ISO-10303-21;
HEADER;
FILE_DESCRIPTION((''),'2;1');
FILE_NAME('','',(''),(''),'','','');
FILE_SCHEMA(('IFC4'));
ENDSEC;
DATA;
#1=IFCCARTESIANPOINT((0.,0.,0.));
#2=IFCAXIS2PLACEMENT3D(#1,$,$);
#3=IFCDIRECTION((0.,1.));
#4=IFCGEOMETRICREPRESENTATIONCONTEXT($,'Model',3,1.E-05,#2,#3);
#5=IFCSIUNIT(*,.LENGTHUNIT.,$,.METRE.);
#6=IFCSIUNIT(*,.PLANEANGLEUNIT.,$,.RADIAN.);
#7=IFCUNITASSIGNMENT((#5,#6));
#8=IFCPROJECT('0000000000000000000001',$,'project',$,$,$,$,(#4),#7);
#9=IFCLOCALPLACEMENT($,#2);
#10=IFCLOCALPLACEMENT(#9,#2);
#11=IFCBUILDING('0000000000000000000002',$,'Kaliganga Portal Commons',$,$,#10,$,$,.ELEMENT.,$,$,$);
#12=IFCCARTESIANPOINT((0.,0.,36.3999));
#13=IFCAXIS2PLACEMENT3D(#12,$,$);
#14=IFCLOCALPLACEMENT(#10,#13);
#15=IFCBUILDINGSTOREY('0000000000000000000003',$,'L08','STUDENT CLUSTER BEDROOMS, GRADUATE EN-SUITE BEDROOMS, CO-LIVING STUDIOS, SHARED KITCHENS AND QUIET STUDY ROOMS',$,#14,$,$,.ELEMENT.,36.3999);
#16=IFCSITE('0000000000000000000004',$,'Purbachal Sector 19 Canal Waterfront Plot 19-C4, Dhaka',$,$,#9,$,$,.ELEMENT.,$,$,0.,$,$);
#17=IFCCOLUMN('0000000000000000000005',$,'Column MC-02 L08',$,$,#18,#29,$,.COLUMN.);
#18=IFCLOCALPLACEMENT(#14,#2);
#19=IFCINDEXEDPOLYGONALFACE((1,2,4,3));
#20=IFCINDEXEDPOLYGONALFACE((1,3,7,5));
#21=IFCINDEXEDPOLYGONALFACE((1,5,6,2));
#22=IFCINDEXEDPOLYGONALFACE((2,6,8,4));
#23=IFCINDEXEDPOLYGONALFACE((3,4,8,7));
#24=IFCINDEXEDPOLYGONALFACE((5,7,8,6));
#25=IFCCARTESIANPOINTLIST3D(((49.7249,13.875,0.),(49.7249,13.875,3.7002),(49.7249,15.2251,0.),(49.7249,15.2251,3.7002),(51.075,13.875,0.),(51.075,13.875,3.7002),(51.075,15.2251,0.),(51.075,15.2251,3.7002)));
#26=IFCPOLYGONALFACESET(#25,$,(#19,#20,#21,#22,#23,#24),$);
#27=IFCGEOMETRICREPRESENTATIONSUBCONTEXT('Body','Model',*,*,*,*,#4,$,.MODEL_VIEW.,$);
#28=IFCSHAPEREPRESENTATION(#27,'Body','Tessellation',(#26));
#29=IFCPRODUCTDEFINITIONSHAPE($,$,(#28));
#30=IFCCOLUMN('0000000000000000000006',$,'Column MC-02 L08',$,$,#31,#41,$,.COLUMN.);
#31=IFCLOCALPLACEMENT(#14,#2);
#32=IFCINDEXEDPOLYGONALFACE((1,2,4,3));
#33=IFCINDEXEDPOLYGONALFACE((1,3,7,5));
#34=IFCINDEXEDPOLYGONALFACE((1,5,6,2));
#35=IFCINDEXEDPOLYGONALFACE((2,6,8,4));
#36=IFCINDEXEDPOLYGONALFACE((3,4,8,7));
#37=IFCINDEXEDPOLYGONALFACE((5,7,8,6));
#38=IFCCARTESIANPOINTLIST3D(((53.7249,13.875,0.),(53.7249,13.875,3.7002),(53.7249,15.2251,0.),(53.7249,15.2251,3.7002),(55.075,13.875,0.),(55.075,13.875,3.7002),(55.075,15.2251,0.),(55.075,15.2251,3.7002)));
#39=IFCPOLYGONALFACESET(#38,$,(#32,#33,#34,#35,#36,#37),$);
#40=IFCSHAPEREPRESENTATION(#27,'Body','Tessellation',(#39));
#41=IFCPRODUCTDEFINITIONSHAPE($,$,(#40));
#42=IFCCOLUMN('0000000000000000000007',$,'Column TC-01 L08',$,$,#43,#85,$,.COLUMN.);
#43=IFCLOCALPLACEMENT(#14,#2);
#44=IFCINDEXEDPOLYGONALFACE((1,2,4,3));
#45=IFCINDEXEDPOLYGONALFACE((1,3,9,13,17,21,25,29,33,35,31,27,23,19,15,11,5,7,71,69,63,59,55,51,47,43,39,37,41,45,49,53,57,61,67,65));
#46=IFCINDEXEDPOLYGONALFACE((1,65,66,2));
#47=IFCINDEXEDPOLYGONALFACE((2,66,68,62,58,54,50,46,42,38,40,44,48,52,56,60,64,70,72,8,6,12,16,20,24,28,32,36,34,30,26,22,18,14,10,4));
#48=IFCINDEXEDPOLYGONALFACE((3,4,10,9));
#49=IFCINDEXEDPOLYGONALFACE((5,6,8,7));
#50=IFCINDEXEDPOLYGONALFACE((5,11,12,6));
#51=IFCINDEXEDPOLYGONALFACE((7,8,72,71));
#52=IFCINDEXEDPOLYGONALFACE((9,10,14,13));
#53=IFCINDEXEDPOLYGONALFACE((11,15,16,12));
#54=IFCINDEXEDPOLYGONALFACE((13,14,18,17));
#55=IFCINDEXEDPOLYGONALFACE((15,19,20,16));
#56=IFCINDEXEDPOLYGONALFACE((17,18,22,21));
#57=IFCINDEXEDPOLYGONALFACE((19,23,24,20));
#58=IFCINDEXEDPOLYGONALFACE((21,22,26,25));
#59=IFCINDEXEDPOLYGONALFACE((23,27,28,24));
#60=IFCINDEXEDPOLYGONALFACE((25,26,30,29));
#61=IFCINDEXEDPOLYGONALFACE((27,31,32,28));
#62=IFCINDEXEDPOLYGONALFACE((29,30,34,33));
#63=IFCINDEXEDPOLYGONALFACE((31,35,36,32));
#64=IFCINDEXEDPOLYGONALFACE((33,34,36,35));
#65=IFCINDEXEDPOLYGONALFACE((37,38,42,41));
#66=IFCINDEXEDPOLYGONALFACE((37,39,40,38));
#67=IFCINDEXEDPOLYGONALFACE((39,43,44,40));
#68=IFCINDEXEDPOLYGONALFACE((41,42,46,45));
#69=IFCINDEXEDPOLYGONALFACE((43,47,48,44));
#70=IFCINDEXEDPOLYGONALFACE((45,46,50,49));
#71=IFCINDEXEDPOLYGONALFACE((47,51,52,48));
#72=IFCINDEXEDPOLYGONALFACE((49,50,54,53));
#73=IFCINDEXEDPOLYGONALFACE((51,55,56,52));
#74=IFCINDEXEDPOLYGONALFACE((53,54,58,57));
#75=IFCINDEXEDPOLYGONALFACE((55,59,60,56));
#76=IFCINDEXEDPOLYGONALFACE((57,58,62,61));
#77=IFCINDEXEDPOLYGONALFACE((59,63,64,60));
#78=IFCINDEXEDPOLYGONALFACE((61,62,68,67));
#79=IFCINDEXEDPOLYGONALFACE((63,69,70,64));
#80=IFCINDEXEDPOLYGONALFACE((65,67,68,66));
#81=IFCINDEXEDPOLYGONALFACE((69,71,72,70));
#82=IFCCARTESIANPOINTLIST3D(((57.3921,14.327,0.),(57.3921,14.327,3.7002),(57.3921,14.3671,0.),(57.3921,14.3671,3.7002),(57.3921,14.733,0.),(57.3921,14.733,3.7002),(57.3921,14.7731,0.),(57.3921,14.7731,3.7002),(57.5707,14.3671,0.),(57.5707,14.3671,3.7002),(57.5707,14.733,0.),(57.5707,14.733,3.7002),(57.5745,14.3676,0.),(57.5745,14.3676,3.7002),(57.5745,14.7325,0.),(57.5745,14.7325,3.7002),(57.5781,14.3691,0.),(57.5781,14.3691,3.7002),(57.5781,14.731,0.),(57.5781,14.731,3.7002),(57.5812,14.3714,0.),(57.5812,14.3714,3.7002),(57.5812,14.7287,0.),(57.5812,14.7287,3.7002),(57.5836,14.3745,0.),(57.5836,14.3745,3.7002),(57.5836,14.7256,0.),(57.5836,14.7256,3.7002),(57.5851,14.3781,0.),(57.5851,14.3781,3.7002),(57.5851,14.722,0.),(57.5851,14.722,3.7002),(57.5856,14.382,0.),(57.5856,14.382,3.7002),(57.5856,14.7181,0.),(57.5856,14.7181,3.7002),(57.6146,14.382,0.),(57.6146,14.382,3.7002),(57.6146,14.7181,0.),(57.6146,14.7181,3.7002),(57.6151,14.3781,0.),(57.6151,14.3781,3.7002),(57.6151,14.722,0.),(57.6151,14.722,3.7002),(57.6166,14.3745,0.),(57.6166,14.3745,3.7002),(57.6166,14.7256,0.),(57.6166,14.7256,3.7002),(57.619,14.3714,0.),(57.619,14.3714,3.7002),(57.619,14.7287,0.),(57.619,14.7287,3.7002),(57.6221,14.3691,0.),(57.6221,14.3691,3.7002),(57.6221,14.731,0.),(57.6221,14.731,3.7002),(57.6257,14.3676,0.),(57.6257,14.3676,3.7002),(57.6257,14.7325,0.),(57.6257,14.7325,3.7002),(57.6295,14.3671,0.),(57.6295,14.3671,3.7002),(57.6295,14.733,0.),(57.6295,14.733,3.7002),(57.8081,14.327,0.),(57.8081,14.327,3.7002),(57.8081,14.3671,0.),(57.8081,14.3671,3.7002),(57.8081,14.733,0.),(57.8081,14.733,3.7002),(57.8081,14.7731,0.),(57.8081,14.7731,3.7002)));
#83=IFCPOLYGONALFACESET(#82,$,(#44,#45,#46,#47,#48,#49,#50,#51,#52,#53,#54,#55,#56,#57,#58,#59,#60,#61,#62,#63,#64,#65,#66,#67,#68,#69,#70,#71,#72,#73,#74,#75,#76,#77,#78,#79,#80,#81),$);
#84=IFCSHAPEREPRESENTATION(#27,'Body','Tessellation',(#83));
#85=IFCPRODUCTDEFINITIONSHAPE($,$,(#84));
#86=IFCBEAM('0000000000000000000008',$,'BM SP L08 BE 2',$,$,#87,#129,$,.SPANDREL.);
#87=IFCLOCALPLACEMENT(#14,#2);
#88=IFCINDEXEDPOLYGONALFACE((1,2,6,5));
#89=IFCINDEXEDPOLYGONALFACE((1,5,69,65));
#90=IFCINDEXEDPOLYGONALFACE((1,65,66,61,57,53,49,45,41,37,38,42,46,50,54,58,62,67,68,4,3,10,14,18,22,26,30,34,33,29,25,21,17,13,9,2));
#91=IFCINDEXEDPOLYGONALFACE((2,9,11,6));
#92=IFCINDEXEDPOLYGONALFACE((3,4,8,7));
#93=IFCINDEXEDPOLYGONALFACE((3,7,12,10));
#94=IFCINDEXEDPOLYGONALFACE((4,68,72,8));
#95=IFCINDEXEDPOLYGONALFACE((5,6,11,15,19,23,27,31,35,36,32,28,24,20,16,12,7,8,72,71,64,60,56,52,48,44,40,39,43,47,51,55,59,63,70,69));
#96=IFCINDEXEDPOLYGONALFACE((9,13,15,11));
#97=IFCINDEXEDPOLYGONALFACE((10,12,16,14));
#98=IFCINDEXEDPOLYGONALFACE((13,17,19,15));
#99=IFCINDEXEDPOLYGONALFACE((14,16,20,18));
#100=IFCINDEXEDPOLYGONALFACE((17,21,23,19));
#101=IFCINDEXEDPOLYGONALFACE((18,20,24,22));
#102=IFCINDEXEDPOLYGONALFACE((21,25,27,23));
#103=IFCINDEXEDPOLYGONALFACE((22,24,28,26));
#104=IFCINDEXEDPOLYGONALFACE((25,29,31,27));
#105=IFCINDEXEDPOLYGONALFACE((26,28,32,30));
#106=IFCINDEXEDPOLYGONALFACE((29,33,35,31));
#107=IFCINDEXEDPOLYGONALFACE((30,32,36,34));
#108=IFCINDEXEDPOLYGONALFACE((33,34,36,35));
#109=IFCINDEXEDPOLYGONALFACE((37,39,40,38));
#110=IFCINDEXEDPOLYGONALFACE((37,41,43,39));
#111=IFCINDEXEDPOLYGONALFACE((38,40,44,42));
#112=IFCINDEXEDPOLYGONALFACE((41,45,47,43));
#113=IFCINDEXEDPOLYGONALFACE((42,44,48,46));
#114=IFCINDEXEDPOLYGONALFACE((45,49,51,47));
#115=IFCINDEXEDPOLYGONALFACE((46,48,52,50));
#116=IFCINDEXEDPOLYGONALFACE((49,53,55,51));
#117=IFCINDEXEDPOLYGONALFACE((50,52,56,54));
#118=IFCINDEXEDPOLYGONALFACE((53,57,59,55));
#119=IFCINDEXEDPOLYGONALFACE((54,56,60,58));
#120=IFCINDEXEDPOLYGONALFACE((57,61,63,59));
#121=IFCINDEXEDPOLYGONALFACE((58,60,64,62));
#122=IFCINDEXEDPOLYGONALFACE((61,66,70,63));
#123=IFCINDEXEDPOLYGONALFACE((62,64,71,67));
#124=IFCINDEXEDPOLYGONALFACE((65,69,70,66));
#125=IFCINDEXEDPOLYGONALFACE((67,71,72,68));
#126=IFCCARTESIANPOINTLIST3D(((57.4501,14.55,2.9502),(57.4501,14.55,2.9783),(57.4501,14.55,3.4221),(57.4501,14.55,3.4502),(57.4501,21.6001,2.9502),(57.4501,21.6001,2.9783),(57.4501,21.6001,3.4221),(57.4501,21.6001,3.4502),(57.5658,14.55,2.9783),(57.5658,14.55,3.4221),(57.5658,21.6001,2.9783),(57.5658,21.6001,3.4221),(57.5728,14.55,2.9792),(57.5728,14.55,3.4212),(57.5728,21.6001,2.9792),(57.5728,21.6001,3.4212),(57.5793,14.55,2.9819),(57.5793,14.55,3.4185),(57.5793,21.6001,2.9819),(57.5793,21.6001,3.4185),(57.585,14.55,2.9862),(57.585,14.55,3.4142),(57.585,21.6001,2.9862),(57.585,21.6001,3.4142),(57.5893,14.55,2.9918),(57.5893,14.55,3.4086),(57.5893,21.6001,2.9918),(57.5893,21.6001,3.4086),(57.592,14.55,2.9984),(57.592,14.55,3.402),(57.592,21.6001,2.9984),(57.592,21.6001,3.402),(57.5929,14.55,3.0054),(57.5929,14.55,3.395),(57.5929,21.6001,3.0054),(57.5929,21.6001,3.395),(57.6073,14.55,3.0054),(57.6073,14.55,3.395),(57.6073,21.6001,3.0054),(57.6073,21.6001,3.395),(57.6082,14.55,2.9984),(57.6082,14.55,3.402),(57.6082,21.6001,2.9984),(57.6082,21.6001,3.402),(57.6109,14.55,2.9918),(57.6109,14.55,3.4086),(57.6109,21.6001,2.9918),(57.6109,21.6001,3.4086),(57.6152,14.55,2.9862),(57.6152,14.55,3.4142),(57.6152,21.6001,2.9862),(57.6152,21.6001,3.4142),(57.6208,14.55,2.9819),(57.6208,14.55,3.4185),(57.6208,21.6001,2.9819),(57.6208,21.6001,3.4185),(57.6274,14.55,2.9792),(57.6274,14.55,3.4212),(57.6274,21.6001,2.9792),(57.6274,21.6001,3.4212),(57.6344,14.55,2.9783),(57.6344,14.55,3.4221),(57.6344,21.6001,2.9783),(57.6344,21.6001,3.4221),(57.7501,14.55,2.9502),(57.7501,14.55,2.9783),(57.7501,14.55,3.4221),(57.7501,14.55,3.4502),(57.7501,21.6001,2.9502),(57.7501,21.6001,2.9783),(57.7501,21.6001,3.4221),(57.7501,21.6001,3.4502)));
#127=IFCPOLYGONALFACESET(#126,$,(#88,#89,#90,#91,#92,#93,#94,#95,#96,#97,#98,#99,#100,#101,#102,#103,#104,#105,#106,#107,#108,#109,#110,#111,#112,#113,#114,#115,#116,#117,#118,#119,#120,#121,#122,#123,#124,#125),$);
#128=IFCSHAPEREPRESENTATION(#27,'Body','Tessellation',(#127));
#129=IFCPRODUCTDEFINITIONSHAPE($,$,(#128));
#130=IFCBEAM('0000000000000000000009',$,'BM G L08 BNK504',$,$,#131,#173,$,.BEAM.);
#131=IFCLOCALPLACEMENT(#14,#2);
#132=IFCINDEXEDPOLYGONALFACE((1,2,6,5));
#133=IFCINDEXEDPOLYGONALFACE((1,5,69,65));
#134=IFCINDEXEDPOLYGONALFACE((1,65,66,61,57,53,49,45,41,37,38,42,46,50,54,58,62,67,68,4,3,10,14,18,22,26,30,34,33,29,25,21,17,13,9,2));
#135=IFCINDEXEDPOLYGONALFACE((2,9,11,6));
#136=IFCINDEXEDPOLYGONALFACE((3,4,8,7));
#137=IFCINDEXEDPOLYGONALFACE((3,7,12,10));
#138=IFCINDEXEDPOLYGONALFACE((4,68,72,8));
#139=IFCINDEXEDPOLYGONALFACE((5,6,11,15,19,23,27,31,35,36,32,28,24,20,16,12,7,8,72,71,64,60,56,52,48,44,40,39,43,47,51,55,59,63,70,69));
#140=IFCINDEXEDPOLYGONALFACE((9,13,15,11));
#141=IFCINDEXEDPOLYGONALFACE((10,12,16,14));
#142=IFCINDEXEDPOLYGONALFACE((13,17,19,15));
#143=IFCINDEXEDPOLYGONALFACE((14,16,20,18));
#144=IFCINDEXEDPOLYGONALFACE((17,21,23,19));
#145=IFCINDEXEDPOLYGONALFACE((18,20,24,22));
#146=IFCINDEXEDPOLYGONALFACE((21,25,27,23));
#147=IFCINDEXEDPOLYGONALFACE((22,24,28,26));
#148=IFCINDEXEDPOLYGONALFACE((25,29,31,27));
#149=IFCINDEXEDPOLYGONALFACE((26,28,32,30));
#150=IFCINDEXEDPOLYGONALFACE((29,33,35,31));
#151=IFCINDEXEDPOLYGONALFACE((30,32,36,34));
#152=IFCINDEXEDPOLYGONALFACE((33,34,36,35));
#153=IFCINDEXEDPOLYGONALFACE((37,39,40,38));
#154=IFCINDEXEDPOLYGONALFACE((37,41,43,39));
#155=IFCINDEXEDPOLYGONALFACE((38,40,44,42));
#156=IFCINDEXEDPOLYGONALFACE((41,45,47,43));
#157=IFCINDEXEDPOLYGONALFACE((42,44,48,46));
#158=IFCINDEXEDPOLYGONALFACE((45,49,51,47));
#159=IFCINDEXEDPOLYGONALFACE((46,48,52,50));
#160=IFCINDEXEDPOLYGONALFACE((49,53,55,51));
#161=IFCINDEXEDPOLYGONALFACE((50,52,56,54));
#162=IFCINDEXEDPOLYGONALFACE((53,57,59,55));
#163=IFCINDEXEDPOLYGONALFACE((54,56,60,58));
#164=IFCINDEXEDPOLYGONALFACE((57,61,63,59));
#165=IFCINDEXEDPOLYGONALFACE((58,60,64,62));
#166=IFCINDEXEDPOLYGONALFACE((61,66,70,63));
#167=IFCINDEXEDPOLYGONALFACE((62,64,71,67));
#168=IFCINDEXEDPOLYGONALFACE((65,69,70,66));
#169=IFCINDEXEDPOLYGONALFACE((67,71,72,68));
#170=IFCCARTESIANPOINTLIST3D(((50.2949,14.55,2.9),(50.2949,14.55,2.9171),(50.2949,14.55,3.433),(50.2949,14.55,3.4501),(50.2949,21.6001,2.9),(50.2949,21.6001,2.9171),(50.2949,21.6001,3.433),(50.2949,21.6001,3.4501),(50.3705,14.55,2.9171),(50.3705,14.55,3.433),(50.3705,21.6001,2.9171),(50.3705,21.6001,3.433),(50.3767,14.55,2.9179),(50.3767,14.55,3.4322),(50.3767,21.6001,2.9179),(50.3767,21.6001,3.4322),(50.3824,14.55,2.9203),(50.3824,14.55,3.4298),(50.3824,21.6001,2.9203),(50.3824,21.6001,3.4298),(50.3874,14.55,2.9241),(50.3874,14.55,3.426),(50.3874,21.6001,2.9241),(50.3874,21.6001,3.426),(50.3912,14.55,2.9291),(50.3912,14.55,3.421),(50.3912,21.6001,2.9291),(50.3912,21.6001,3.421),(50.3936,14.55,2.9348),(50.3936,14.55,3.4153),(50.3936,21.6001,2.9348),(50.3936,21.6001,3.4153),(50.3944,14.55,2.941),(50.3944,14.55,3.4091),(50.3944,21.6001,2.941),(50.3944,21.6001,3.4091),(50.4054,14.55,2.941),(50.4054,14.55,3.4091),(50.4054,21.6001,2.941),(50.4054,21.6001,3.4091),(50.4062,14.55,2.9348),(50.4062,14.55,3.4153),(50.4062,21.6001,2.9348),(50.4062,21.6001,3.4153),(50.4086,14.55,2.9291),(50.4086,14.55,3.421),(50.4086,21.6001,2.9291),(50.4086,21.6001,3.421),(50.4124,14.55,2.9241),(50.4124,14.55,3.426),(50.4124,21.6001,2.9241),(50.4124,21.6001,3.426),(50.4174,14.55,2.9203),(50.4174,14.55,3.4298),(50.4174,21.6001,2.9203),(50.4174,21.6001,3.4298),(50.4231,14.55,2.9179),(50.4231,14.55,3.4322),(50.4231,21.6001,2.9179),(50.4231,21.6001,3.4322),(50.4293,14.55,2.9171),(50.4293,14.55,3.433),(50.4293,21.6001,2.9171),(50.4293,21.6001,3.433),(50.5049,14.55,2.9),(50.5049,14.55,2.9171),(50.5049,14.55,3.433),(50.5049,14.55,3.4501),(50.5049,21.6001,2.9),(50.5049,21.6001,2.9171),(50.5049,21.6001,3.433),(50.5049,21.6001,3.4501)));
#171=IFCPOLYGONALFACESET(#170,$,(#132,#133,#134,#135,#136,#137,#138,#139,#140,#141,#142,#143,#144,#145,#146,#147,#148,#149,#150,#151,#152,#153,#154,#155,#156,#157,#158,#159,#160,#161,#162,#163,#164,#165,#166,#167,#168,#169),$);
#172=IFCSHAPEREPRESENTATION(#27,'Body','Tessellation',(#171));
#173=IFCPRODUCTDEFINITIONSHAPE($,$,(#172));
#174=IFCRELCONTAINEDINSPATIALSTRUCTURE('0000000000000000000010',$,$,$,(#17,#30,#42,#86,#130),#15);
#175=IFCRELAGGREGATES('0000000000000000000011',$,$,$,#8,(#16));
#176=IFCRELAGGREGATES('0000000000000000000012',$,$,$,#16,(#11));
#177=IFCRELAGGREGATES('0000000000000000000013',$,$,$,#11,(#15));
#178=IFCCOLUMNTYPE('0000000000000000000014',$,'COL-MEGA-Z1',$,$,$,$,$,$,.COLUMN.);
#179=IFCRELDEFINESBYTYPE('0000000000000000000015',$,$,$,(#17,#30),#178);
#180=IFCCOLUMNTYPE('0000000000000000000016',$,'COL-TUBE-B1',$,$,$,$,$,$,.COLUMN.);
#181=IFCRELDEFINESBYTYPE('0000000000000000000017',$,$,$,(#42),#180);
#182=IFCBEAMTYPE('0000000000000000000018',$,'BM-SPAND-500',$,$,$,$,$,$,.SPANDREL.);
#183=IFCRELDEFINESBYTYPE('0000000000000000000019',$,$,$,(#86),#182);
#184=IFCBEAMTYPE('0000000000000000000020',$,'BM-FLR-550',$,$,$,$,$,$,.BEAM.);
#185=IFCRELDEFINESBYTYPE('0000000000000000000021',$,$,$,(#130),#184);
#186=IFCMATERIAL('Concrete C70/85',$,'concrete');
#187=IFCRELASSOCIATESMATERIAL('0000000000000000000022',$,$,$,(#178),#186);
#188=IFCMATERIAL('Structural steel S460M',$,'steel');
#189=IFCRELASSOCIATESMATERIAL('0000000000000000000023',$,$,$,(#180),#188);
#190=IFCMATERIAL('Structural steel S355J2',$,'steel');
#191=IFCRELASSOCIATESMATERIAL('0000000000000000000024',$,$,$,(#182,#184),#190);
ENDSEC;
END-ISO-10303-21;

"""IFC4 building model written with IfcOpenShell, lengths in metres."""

from ifc_helpers import new_model, si_unit, direction, frame, origin, origin_2d, place, context, subcontext, project, spatial, rectangle, i_section, extrude, source, transform, mapped, material, material_profile, profile_set, type_object, element, save


model = new_model("IFC4")

# Units and contexts
model_context = context("Model", 3, precision=1e-05, world=origin(), true_north=direction((0.0, 1.0)))
body_context = subcontext(model_context, "Body", "Model", "MODEL_VIEW")
ifc_project = project(units=[si_unit("LENGTHUNIT", "METRE"), si_unit("PLANEANGLEUNIT", "RADIAN")], contexts=[model_context])

# Site, building, storey
site_placement = place(None, origin())
site = spatial("IfcSite", under=ifc_project, at=site_placement, Name="Purbachal Sector 19 Canal Waterfront Plot 19-C4, Dhaka", CompositionType="ELEMENT", RefElevation=0.0)
building_placement = place(site_placement, origin())
building = spatial("IfcBuilding", under=site, at=building_placement, Name="Kaliganga Portal Commons", CompositionType="ELEMENT")
storey_placement = place(building_placement, frame((0.0, 0.0, 36.3999)))
storey = spatial("IfcBuildingStorey", under=building, at=storey_placement, Name="L08", Description="STUDENT CLUSTER BEDROOMS, GRADUATE EN-SUITE BEDROOMS, CO-LIVING STUDIOS, SHARED KITCHENS AND QUIET STUDY ROOMS", CompositionType="ELEMENT", Elevation=36.3999)

# Columns
ifc_material_1 = material(Name="Concrete C70/85", Category="concrete")
ifc_material_profile_1 = material_profile(ifc_material_1, rectangle(XDim=1.3501, YDim=1.3501, at=origin_2d()), Name="RC 1350x1350")
ifc_profile_set_1 = profile_set([ifc_material_profile_1], Name="Concrete C70/85")
column_type_1 = type_object("IfcColumnType", Name="COL-MEGA-Z1", PredefinedType="COLUMN", material=ifc_profile_set_1)
shared_shape_1 = source(origin(), body_context, "Body", "SweptSolid", [
    extrude(rectangle(XDim=1.3501, YDim=1.3501, at=origin_2d()), origin(), (0.0, 0.0, 1.0), 3.7002),
])
for number, where, z_axis, x_axis, name in (
    (1, (50.3999, 14.55, 0.0), (0.0, 0.0, 1.0), (1.0, 0.0, 0.0), "Column MC-02 L08"),
    (2, (54.3999, 14.55, 0.0), (0.0, 0.0, 1.0), (1.0, 0.0, 0.0), "Column MC-02 L08"),
):
    element("IfcColumn", number, at=place(storey_placement, frame(where, z_axis=z_axis, x_axis=x_axis)), inside=storey, type_object=column_type_1, Name=name, PredefinedType="COLUMN", context=body_context, shape_type="MappedRepresentation", body=[
        mapped(shared_shape_1, transform((0.0, 0.0, 0.0), x_axis=(1.0, 0.0, 0.0), y_axis=(0.0, 1.0, 0.0), z_axis=(0.0, 0.0, 1.0), scale=1.0)),
    ])
ifc_material_2 = material(Name="Structural steel S460M", Category="steel")
ifc_material_profile_2 = material_profile(ifc_material_2, i_section(OverallWidth=0.416, OverallDepth=0.446, WebThickness=0.0291, FlangeThickness=0.04, FilletRadius=0.0149, at=origin_2d()), Name="HD 400x509")
ifc_profile_set_2 = profile_set([ifc_material_profile_2], Name="Structural steel S460M wide-flange")
column_type_2 = type_object("IfcColumnType", Name="COL-TUBE-B1", PredefinedType="COLUMN", material=ifc_profile_set_2)
shared_shape_2 = source(origin(), body_context, "Body", "SweptSolid", [
    extrude(i_section(OverallWidth=0.416, OverallDepth=0.446, WebThickness=0.0291, FlangeThickness=0.04, FilletRadius=0.0149, at=origin_2d()), origin(), (0.0, 0.0, 1.0), 3.7002),
])
column_placement = place(storey_placement, frame((57.6001, 14.55, 0.0), z_axis=(0.0, 0.0, 1.0), x_axis=(1.0, 0.0, 0.0)))
element("IfcColumn", 3, at=column_placement, inside=storey, type_object=column_type_2, Name="Column TC-01 L08", PredefinedType="COLUMN", context=body_context, shape_type="MappedRepresentation", body=[
    mapped(shared_shape_2, transform((0.0, 0.0, 0.0), x_axis=(1.0, 0.0, 0.0), y_axis=(0.0, 1.0, 0.0), z_axis=(0.0, 0.0, 1.0), scale=1.0)),
])

# Beams
ifc_material_3 = material(Name="Structural steel S355J2", Category="steel")
ifc_material_profile_3 = material_profile(ifc_material_3, i_section(OverallWidth=0.3, OverallDepth=0.5, WebThickness=0.0144, FlangeThickness=0.0281, FilletRadius=0.0271, at=origin_2d()), Name="HE 500 B")
ifc_profile_set_3 = profile_set([ifc_material_profile_3], Name="Structural steel S355J2 wide-flange")
beam_type_1 = type_object("IfcBeamType", Name="BM-SPAND-500", PredefinedType="SPANDREL", material=ifc_profile_set_3)
shared_shape_3 = source(origin(), body_context, "Body", "SweptSolid", [
    extrude(i_section(OverallWidth=0.3, OverallDepth=0.5, WebThickness=0.0144, FlangeThickness=0.0281, FilletRadius=0.0271, at=origin_2d()), origin(), (0.0, 0.0, 1.0), 7.05),
])
beam_1_placement = place(storey_placement, frame((57.6001, 14.55, 3.2002), z_axis=(0.0, 1.0, 0.0), x_axis=(-1.0, 0.0, 0.0)))
element("IfcBeam", 4, at=beam_1_placement, inside=storey, type_object=beam_type_1, Name="BM SP L08 BE 2", PredefinedType="SPANDREL", context=body_context, shape_type="MappedRepresentation", body=[
    mapped(shared_shape_3, transform((0.0, 0.0, 0.0), x_axis=(1.0, 0.0, 0.0), y_axis=(0.0, 1.0, 0.0), z_axis=(0.0, 0.0, 1.0), scale=1.0)),
])
ifc_material_profile_4 = material_profile(ifc_material_3, i_section(OverallWidth=0.21, OverallDepth=0.55, WebThickness=0.011, FlangeThickness=0.0171, FilletRadius=0.0239, at=origin_2d()), Name="IPE 550")
ifc_profile_set_4 = profile_set([ifc_material_profile_4], Name="Structural steel S355J2 wide-flange")
beam_type_2 = type_object("IfcBeamType", Name="BM-FLR-550", PredefinedType="BEAM", material=ifc_profile_set_4)
shared_shape_4 = source(origin(), body_context, "Body", "SweptSolid", [
    extrude(i_section(OverallWidth=0.21, OverallDepth=0.55, WebThickness=0.011, FlangeThickness=0.0171, FilletRadius=0.0239, at=origin_2d()), origin(), (0.0, 0.0, 1.0), 7.05),
])
for number, where, z_axis, x_axis, name in (
    (5, (50.3999, 14.55, 3.175), (0.0, 1.0, 0.0), (-1.0, 0.0, 0.0), "BM G L08 BNK504"),
):
    element("IfcBeam", number, at=place(storey_placement, frame(where, z_axis=z_axis, x_axis=x_axis)), inside=storey, type_object=beam_type_2, Name=name, PredefinedType="BEAM", context=body_context, shape_type="MappedRepresentation", body=[
        mapped(shared_shape_4, transform((0.0, 0.0, 0.0), x_axis=(1.0, 0.0, 0.0), y_axis=(0.0, 1.0, 0.0), z_axis=(0.0, 0.0, 1.0), scale=1.0)),
    ])

save(model, "model.ifc")
